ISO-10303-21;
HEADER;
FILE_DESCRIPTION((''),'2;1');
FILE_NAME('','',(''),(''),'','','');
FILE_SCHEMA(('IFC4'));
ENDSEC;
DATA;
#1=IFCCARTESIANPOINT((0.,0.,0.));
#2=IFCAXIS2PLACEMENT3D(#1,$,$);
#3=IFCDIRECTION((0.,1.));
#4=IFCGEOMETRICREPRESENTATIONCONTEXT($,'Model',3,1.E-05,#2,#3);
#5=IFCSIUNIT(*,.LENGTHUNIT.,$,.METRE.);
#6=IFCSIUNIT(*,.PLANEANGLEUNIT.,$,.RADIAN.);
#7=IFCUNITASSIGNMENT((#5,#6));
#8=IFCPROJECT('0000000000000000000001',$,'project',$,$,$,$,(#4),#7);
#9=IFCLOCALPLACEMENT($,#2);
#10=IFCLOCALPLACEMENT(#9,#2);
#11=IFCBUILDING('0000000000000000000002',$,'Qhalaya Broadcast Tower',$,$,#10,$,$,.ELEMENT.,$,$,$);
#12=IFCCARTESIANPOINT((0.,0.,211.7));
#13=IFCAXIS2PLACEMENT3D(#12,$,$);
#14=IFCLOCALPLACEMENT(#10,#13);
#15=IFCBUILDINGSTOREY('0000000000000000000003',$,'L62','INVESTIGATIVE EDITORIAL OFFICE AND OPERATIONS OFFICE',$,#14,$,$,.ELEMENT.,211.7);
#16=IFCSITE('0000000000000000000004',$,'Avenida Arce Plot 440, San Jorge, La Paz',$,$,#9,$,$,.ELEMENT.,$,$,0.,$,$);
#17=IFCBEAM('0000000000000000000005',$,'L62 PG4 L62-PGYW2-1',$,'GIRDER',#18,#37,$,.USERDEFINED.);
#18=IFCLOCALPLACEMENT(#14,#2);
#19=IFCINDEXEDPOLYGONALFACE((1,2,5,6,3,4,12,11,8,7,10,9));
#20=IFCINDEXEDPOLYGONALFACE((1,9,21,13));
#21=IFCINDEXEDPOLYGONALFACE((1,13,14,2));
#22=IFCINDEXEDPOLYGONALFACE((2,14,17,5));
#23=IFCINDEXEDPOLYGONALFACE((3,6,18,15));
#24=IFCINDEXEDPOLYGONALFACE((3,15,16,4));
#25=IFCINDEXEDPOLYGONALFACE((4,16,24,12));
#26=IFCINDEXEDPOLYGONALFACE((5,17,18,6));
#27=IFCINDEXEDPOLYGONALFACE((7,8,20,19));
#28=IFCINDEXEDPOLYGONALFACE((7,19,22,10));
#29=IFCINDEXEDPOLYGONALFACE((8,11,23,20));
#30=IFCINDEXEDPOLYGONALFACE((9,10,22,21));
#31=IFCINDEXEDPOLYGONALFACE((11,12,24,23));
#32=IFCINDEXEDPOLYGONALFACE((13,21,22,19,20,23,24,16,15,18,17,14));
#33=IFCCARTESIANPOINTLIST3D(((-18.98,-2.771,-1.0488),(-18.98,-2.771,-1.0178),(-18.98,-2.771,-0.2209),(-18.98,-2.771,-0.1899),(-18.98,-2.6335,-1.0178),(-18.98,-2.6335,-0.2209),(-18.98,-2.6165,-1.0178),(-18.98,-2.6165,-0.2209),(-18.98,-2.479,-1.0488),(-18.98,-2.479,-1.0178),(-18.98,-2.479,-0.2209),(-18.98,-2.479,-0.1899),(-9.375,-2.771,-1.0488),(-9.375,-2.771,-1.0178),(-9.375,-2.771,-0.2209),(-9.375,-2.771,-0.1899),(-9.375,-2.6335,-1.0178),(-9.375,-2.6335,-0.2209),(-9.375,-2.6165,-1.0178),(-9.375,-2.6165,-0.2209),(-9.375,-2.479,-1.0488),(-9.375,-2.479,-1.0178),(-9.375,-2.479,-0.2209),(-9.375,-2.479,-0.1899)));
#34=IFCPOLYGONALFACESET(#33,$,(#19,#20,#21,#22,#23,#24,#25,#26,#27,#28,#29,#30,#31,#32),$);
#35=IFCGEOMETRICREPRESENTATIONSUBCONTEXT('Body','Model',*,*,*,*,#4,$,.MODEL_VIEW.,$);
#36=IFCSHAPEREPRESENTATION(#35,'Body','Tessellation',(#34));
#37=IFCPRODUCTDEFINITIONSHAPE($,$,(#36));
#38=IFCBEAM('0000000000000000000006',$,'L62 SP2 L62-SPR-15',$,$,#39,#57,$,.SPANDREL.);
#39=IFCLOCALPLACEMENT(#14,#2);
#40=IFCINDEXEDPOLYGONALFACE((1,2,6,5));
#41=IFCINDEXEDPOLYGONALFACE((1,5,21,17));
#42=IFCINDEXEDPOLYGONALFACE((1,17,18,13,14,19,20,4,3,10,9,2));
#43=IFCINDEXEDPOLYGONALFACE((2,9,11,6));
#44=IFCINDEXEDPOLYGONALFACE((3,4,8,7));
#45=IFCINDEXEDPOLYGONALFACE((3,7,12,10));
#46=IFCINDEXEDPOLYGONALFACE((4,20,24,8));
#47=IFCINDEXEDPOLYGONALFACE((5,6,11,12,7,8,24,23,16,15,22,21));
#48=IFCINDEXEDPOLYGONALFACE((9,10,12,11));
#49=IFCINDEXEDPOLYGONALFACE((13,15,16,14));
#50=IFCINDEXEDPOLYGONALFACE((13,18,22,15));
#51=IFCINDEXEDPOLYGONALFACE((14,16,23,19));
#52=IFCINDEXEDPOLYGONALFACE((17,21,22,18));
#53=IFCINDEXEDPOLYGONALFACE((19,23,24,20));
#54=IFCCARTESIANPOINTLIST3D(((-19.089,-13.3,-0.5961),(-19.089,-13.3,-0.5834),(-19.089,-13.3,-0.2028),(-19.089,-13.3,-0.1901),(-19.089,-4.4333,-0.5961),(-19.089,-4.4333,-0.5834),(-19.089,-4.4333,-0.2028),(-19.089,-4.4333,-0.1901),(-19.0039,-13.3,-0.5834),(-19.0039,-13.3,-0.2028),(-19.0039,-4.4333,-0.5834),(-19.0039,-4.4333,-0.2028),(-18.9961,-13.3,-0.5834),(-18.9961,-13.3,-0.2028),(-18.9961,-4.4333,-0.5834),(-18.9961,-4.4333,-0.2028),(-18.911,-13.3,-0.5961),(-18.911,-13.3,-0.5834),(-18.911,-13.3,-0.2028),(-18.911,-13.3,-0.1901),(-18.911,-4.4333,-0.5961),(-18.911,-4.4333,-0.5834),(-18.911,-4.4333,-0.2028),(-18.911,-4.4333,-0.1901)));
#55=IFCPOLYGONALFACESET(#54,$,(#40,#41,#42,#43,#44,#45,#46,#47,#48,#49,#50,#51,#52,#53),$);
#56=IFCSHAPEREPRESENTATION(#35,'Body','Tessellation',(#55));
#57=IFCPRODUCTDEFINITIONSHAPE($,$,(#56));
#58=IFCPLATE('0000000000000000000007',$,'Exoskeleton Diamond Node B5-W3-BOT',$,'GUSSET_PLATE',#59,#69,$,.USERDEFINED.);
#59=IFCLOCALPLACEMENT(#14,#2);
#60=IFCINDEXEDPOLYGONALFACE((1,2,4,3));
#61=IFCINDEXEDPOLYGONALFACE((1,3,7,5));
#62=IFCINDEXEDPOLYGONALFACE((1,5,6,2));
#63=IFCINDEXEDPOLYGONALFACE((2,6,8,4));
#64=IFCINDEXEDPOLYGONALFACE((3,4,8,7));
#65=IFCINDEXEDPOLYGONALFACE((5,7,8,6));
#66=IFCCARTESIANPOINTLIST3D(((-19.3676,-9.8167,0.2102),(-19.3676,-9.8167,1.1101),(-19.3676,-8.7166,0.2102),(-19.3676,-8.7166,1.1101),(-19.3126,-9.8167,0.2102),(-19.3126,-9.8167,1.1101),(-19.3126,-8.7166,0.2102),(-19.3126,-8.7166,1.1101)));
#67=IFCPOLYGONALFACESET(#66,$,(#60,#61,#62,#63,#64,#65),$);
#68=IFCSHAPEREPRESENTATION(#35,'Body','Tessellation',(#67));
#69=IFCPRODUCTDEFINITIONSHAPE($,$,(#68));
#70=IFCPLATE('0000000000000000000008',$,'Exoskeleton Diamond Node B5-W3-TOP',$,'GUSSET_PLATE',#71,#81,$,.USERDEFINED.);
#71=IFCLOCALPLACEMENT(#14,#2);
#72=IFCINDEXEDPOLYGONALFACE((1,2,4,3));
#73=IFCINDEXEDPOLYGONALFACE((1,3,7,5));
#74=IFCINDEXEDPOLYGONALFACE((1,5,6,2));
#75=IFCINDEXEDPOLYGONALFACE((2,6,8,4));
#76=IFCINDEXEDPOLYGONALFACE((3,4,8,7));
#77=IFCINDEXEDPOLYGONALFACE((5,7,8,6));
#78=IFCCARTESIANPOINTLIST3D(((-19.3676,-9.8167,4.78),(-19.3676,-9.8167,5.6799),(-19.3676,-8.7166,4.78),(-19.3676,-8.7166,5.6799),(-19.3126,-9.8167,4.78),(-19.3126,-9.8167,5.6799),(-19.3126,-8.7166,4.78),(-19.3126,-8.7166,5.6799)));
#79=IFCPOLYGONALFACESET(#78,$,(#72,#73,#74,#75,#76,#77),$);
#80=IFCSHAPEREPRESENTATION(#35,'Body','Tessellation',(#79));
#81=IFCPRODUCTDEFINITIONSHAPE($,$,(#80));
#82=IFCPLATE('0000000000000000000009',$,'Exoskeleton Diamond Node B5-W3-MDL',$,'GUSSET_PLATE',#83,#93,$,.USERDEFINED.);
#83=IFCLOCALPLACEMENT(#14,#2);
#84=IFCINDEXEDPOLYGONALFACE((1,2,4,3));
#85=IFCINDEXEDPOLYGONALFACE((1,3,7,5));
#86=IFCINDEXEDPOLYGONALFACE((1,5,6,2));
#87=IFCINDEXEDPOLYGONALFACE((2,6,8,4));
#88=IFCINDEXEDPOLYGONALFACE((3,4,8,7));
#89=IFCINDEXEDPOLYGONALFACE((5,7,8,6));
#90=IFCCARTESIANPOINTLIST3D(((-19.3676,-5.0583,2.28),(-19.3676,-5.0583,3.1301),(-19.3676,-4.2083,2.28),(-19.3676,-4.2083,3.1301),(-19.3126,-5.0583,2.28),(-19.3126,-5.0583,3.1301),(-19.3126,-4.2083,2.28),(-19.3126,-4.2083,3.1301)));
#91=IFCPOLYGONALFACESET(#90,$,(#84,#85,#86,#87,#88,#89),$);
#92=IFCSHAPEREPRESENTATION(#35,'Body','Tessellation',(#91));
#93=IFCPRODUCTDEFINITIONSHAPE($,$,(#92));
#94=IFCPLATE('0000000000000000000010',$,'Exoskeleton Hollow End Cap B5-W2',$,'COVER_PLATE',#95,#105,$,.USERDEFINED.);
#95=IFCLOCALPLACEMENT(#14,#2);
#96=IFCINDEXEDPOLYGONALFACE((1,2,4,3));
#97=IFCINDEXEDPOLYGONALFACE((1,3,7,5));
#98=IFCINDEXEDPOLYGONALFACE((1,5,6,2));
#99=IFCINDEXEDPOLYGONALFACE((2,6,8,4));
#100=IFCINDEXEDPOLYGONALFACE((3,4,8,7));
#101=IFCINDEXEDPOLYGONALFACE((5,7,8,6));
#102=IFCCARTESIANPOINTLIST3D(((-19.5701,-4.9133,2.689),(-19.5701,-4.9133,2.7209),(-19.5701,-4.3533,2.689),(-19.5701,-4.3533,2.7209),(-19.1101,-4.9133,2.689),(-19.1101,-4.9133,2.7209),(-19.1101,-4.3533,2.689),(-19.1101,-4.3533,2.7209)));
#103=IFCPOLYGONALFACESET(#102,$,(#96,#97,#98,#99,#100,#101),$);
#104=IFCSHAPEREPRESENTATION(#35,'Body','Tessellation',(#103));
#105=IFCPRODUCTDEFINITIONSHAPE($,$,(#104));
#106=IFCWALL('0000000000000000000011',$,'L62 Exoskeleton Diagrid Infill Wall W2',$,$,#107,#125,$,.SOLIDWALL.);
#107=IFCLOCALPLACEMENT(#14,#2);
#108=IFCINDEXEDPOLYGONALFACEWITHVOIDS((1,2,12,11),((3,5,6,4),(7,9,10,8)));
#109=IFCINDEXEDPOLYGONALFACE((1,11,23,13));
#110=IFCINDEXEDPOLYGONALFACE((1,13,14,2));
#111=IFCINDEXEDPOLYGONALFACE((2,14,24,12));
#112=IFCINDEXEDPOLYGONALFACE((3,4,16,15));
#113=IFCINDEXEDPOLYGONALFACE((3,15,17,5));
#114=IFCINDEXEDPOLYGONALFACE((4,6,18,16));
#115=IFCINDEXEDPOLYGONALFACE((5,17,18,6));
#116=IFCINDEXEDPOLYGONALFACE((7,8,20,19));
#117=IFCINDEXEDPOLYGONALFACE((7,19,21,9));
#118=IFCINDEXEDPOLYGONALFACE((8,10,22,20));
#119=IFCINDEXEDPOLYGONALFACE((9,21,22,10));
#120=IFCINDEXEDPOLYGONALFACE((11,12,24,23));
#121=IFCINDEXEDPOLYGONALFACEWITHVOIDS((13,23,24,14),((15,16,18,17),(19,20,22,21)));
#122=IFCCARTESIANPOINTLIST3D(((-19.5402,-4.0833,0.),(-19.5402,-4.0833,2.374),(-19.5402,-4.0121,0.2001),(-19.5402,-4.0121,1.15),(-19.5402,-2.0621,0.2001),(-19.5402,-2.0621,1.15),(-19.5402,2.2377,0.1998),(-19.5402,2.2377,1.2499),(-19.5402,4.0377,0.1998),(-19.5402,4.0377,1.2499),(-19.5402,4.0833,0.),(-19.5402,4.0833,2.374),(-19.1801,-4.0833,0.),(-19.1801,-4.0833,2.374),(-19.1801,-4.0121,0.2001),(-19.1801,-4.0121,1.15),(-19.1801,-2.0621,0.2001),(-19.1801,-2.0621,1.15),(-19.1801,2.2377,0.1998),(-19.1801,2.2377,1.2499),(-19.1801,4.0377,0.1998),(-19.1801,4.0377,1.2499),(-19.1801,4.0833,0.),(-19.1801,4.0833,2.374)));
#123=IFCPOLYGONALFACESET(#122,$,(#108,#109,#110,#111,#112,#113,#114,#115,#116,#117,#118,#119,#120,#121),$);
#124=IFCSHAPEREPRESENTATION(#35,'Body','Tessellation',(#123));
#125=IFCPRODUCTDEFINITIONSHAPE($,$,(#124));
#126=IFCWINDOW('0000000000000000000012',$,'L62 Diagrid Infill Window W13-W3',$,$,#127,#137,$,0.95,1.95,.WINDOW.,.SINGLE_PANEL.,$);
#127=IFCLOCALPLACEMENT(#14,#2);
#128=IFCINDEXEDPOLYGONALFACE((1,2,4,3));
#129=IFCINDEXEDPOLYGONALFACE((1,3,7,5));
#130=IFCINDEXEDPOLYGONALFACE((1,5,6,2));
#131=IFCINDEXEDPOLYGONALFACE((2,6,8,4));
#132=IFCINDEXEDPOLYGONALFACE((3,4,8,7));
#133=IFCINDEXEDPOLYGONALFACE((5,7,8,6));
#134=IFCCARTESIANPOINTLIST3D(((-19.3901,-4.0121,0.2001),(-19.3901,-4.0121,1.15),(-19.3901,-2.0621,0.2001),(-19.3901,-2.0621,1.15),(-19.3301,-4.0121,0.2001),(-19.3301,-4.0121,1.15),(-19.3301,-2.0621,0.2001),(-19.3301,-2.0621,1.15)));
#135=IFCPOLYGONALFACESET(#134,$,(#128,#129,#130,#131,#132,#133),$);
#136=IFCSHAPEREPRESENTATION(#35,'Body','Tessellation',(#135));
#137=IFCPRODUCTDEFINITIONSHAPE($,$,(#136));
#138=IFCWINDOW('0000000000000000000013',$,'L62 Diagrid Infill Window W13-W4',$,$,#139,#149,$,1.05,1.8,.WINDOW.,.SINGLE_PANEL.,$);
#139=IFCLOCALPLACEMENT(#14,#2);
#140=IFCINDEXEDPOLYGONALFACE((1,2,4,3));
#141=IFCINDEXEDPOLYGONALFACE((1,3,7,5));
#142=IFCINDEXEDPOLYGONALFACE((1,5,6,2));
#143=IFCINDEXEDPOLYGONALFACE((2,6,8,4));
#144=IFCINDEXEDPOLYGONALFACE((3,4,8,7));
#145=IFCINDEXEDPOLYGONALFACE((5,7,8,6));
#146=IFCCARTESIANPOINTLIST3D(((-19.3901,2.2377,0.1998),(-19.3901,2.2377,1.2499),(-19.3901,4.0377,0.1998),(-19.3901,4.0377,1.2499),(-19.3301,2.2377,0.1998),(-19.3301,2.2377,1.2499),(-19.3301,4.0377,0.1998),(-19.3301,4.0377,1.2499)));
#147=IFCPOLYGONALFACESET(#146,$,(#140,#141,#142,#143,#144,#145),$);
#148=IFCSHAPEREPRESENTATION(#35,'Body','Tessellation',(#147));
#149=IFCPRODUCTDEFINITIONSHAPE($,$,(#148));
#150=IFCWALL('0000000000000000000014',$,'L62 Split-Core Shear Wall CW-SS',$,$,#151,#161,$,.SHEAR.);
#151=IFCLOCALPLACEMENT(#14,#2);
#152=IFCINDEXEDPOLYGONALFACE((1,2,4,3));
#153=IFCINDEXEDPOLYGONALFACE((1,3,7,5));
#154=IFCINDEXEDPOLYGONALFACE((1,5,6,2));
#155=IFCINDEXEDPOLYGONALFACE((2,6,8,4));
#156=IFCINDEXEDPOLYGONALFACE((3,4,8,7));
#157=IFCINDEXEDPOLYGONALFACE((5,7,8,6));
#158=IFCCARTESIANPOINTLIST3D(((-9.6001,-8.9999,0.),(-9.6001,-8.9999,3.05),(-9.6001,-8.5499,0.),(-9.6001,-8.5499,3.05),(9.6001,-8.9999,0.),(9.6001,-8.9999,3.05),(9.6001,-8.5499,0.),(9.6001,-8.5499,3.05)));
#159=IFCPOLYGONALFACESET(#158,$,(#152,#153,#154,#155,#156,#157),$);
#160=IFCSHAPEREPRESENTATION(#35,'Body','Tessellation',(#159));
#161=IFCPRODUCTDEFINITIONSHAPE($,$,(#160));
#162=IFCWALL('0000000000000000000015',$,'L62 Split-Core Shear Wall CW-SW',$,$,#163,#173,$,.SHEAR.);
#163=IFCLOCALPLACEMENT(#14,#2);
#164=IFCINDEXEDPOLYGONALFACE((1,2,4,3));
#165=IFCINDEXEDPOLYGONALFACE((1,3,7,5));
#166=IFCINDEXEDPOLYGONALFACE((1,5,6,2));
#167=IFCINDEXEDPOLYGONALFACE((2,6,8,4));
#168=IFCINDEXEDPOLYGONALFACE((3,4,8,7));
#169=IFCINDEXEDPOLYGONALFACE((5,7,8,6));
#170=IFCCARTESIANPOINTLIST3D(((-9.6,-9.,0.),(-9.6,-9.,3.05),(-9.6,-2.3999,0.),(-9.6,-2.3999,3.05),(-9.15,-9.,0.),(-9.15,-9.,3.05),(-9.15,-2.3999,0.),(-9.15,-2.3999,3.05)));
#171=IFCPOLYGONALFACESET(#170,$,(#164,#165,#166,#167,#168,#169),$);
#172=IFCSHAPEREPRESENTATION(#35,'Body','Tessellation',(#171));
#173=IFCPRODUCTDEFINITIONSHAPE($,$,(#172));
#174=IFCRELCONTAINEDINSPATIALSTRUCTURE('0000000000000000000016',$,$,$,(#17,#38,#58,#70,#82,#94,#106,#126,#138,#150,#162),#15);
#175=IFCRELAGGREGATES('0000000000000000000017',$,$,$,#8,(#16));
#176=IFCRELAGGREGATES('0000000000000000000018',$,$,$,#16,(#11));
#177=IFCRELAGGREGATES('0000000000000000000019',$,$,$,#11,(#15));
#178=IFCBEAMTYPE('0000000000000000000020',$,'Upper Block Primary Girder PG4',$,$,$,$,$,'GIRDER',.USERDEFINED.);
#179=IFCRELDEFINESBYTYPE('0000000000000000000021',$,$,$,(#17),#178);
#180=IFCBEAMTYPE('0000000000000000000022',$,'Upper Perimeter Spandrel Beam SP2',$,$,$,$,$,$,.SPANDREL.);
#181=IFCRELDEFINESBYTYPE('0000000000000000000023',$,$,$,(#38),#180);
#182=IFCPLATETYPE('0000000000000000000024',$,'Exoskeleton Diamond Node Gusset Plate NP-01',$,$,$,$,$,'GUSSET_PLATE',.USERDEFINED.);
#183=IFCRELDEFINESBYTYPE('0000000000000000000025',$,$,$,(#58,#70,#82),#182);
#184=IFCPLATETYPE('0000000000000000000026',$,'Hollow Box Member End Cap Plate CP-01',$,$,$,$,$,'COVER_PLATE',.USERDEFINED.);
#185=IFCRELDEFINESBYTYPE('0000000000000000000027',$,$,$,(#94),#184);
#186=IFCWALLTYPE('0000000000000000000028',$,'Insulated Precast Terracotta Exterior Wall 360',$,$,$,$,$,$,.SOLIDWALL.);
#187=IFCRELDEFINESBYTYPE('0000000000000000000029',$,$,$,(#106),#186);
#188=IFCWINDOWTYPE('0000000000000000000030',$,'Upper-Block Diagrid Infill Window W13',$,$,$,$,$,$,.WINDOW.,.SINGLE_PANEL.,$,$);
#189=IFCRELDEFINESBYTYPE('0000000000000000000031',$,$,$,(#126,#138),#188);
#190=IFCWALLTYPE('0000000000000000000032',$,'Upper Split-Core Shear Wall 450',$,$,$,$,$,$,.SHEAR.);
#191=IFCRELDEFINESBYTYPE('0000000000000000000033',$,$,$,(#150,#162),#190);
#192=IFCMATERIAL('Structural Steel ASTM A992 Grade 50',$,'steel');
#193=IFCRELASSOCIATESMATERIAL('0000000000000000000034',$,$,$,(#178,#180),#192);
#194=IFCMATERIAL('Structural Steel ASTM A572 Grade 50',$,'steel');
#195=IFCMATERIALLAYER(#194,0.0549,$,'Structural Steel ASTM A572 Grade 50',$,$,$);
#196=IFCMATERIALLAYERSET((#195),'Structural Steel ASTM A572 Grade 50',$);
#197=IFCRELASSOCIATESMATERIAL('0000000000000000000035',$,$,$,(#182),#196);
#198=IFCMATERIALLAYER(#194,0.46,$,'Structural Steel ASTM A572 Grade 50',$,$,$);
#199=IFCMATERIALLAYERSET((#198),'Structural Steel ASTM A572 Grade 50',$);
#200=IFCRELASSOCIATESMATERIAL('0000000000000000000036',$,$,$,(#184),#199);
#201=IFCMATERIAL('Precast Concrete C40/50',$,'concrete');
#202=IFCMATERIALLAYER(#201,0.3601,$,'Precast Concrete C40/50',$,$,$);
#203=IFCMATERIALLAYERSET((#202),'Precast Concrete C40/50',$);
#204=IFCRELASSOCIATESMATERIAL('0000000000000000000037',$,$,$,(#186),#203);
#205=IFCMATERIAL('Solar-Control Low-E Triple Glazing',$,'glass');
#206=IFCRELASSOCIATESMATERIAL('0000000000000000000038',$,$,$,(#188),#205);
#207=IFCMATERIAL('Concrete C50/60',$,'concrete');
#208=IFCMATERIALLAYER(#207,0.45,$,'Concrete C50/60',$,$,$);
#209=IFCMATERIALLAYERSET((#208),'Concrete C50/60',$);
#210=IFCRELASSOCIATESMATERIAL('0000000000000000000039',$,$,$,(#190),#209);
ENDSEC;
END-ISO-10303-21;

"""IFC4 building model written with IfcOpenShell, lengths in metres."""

from ifc_helpers import new_model, si_unit, direction, frame, frame_2d, origin, origin_2d, place, context, subcontext, project, spatial, rectangle, i_section, extrude, material, layer, layer_set, material_profile, profile_set, type_object, element, fill, save


model = new_model("IFC4")

# Units and contexts
model_context = context("Model", 3, precision=1e-05, world=origin(), true_north=direction((0.0, 1.0)))
body_context = subcontext(model_context, "Body", "Model", "MODEL_VIEW")
ifc_project = project(units=[si_unit("LENGTHUNIT", "METRE"), si_unit("PLANEANGLEUNIT", "RADIAN")], contexts=[model_context])

# Site, building, storey
site_placement = place(None, origin())
site = spatial("IfcSite", under=ifc_project, at=site_placement, Name="Avenida Arce Plot 440, San Jorge, La Paz", CompositionType="ELEMENT", RefElevation=0.0)
building_placement = place(site_placement, origin())
building = spatial("IfcBuilding", under=site, at=building_placement, Name="Qhalaya Broadcast Tower", CompositionType="ELEMENT")
storey_placement = place(building_placement, frame((0.0, 0.0, 211.7)))
storey = spatial("IfcBuildingStorey", under=building, at=storey_placement, Name="L62", Description="INVESTIGATIVE EDITORIAL OFFICE AND OPERATIONS OFFICE", CompositionType="ELEMENT", Elevation=211.7)

# Shared definitions
ifc_material_1 = material(Name="Structural Steel ASTM A572 Grade 50", Category="steel")

# Shared definitions
ifc_material_2 = material(Name="Structural Steel ASTM A992 Grade 50", Category="steel")

# Beams
ifc_material_profile_1 = material_profile(ifc_material_2, i_section(OverallWidth=0.292, OverallDepth=0.8589, WebThickness=0.0171, FlangeThickness=0.031, at=origin_2d()), Name="W33X169")
ifc_profile_set_1 = profile_set([ifc_material_profile_1], Name="Structural Steel ASTM A992 Grade 50")
beam_type_1 = type_object("IfcBeamType", Name="Upper Block Primary Girder PG4", ElementType="GIRDER", PredefinedType="USERDEFINED", material=ifc_profile_set_1)
for number, where, z_axis, x_axis, name in (
    (1, (-18.98, -2.625, -0.6194), (1.0, 0.0, 0.0), (0.0, 1.0, 0.0), "L62 PG4 L62-PGYW2-1"),
):
    element("IfcBeam", number, at=place(storey_placement, frame(where, z_axis=z_axis, x_axis=x_axis)), inside=storey, type_object=beam_type_1, Name=name, ObjectType="GIRDER", PredefinedType="USERDEFINED", context=body_context, shape_type="SweptSolid", body=[
        extrude(i_section(OverallWidth=0.292, OverallDepth=0.8589, WebThickness=0.0171, FlangeThickness=0.031, at=origin_2d()), origin(), (0.0, 0.0, 1.0), 9.605),
    ])
ifc_material_profile_2 = material_profile(ifc_material_2, i_section(OverallWidth=0.178, OverallDepth=0.406, WebThickness=0.0078, FlangeThickness=0.0127, at=origin_2d()), Name="W16X40")
ifc_profile_set_2 = profile_set([ifc_material_profile_2], Name="Structural Steel ASTM A992 Grade 50")
beam_type_2 = type_object("IfcBeamType", Name="Upper Perimeter Spandrel Beam SP2", PredefinedType="SPANDREL", material=ifc_profile_set_2)
beam_1_placement = place(storey_placement, frame((-19.0, -4.4333, -0.3931), z_axis=(0.0, -1.0, 0.0), x_axis=(1.0, 0.0, 0.0)))
element("IfcBeam", 2, at=beam_1_placement, inside=storey, type_object=beam_type_2, Name="L62 SP2 L62-SPR-15", PredefinedType="SPANDREL", context=body_context, shape_type="SweptSolid", body=[
    extrude(i_section(OverallWidth=0.178, OverallDepth=0.406, WebThickness=0.0078, FlangeThickness=0.0127, at=origin_2d()), origin(), (0.0, 0.0, 1.0), 8.8667),
])

# Plates
ifc_layer_1 = layer(ifc_material_1, 0.0549, Name="Structural Steel ASTM A572 Grade 50")
ifc_layer_set_1 = layer_set([ifc_layer_1], Name="Structural Steel ASTM A572 Grade 50")
plate_type_1 = type_object("IfcPlateType", Name="Exoskeleton Diamond Node Gusset Plate NP-01", ElementType="GUSSET_PLATE", PredefinedType="USERDEFINED", material=ifc_layer_set_1)
for number, where, z_axis, x_axis, name in (
    (3, (-19.3401, -9.2666, 0.2102), (0.0, 0.0, 1.0), (0.0, 1.0, 0.0), "Exoskeleton Diamond Node B5-W3-BOT"),
    (4, (-19.3401, -9.2666, 4.78), (0.0, 0.0, 1.0), (0.0, 1.0, 0.0), "Exoskeleton Diamond Node B5-W3-TOP"),
):
    element("IfcPlate", number, at=place(storey_placement, frame(where, z_axis=z_axis, x_axis=x_axis)), inside=storey, type_object=plate_type_1, Name=name, ObjectType="GUSSET_PLATE", PredefinedType="USERDEFINED", context=body_context, shape_type="SweptSolid", body=[
        extrude(rectangle(XDim=1.1001, YDim=0.0549, at=origin_2d()), origin(), (0.0, 0.0, 1.0), 0.8999),
    ])
plate_1_placement = place(storey_placement, frame((-19.3401, -4.6333, 2.28), z_axis=(0.0, 0.0, 1.0), x_axis=(0.0, 1.0, 0.0)))
element("IfcPlate", 5, at=plate_1_placement, inside=storey, type_object=plate_type_1, Name="Exoskeleton Diamond Node B5-W3-MDL", ObjectType="GUSSET_PLATE", PredefinedType="USERDEFINED", context=body_context, shape_type="SweptSolid", body=[
    extrude(rectangle(XDim=0.8501, YDim=0.0549, at=origin_2d()), origin(), (0.0, 0.0, 1.0), 0.8501),
])
ifc_layer_2 = layer(ifc_material_1, 0.46, Name="Structural Steel ASTM A572 Grade 50")
ifc_layer_set_2 = layer_set([ifc_layer_2], Name="Structural Steel ASTM A572 Grade 50")
plate_type_2 = type_object("IfcPlateType", Name="Hollow Box Member End Cap Plate CP-01", ElementType="COVER_PLATE", PredefinedType="USERDEFINED", material=ifc_layer_set_2)
plate_2_placement = place(storey_placement, frame((-19.3401, -4.6333, 2.689), z_axis=(0.0, 0.0, 1.0), x_axis=(0.0, 1.0, 0.0)))
element("IfcPlate", 6, at=plate_2_placement, inside=storey, type_object=plate_type_2, Name="Exoskeleton Hollow End Cap B5-W2", ObjectType="COVER_PLATE", PredefinedType="USERDEFINED", context=body_context, shape_type="SweptSolid", body=[
    extrude(rectangle(XDim=0.5601, YDim=0.46, at=origin_2d()), origin(), (0.0, 0.0, 1.0), 0.032),
])

# Wall, openings, windows
ifc_material_3 = material(Name="Precast Concrete C40/50", Category="concrete")
ifc_layer_3 = layer(ifc_material_3, 0.3601, Name="Precast Concrete C40/50")
ifc_layer_set_3 = layer_set([ifc_layer_3], Name="Precast Concrete C40/50")
wall_type_1 = type_object("IfcWallType", Name="Insulated Precast Terracotta Exterior Wall 360", PredefinedType="SOLIDWALL", material=ifc_layer_set_3)
wall_1_placement = place(storey_placement, frame((-19.3601, -4.0833, 0.0), z_axis=(0.0, 0.0, 1.0), x_axis=(0.0, 1.0, 0.0)))
wall_1 = element("IfcWall", 7, at=wall_1_placement, inside=storey, type_object=wall_type_1, Name="L62 Exoskeleton Diagrid Infill Wall W2", PredefinedType="SOLIDWALL", context=body_context, shape_type="SweptSolid", body=[
    extrude(rectangle(XDim=8.1665, YDim=0.3601, at=frame_2d((4.0833, 0.0))), origin(), (0.0, 0.0, 1.0), 2.374),
])
opening_1_placement = place(wall_1_placement, frame((0.071, 0.0, 0.2)))
opening_1 = element("IfcOpeningElement", 8, at=opening_1_placement, cuts=wall_1, PredefinedType="OPENING", context=body_context, shape_type="SweptSolid", body=[
    extrude(rectangle(XDim=1.95, YDim=0.95, at=frame_2d((0.9751, 0.4751))), frame((0.0, 0.1921, 0.0), z_axis=(0.0, -1.0, 0.0), x_axis=(1.0, 0.0, 0.0)), (0.0, 0.0, 1.0), 0.384),
])
opening_2_placement = place(wall_1_placement, frame((6.321, 0.0, 0.2)))
opening_2 = element("IfcOpeningElement", 9, at=opening_2_placement, cuts=wall_1, PredefinedType="OPENING", context=body_context, shape_type="SweptSolid", body=[
    extrude(rectangle(XDim=1.8, YDim=1.05, at=frame_2d((0.8999, 0.5249))), frame((0.0, 0.1921, 0.0), z_axis=(0.0, -1.0, 0.0), x_axis=(1.0, 0.0, 0.0)), (0.0, 0.0, 1.0), 0.384),
])
ifc_material_4 = material(Name="Solar-Control Low-E Triple Glazing", Category="glass")
window_type = type_object("IfcWindowType", Name="Upper-Block Diagrid Infill Window W13", PartitioningType="SINGLE_PANEL", PredefinedType="WINDOW", material=ifc_material_4)
window_1_placement = place(opening_1_placement, origin())
window_1 = element("IfcWindow", 10, at=window_1_placement, inside=storey, type_object=window_type, Name="L62 Diagrid Infill Window W13-W3", OverallHeight=0.95, OverallWidth=1.95, PartitioningType="SINGLE_PANEL", PredefinedType="WINDOW", context=body_context, shape_type="SweptSolid", body=[
    extrude(rectangle(XDim=1.95, YDim=0.95, at=frame_2d((0.9751, 0.4751))), frame((0.0, 0.03, 0.0), z_axis=(0.0, -1.0, 0.0), x_axis=(1.0, 0.0, 0.0)), (0.0, 0.0, 1.0), 0.0601),
])
fill(opening_1, window_1)
window_2_placement = place(opening_2_placement, origin())
window_2 = element("IfcWindow", 11, at=window_2_placement, inside=storey, type_object=window_type, Name="L62 Diagrid Infill Window W13-W4", OverallHeight=1.05, OverallWidth=1.8, PartitioningType="SINGLE_PANEL", PredefinedType="WINDOW", context=body_context, shape_type="SweptSolid", body=[
    extrude(rectangle(XDim=1.8, YDim=1.05, at=frame_2d((0.8999, 0.5249))), frame((0.0, 0.03, 0.0), z_axis=(0.0, -1.0, 0.0), x_axis=(1.0, 0.0, 0.0)), (0.0, 0.0, 1.0), 0.0601),
])
fill(opening_2, window_2)

# Wall
ifc_material_5 = material(Name="Concrete C50/60", Category="concrete")
ifc_layer_4 = layer(ifc_material_5, 0.45, Name="Concrete C50/60")
ifc_layer_set_4 = layer_set([ifc_layer_4], Name="Concrete C50/60")
wall_type_2 = type_object("IfcWallType", Name="Upper Split-Core Shear Wall 450", PredefinedType="SHEAR", material=ifc_layer_set_4)
wall_2_placement = place(storey_placement, frame((-9.6001, -8.7749, 0.0), z_axis=(0.0, 0.0, 1.0), x_axis=(1.0, 0.0, 0.0)))
element("IfcWall", 12, at=wall_2_placement, inside=storey, type_object=wall_type_2, Name="L62 Split-Core Shear Wall CW-SS", PredefinedType="SHEAR", context=body_context, shape_type="SweptSolid", body=[
    extrude(rectangle(XDim=19.2002, YDim=0.45, at=frame_2d((9.6001, 0.0))), origin(), (0.0, 0.0, 1.0), 3.05),
])

# Wall
wall_3_placement = place(storey_placement, frame((-9.375, -9.0, 0.0), z_axis=(0.0, 0.0, 1.0), x_axis=(0.0, 1.0, 0.0)))
element("IfcWall", 13, at=wall_3_placement, inside=storey, type_object=wall_type_2, Name="L62 Split-Core Shear Wall CW-SW", PredefinedType="SHEAR", context=body_context, shape_type="SweptSolid", body=[
    extrude(rectangle(XDim=6.6001, YDim=0.45, at=frame_2d((3.3, 0.0))), origin(), (0.0, 0.0, 1.0), 3.05),
])

save(model, "model.ifc")
